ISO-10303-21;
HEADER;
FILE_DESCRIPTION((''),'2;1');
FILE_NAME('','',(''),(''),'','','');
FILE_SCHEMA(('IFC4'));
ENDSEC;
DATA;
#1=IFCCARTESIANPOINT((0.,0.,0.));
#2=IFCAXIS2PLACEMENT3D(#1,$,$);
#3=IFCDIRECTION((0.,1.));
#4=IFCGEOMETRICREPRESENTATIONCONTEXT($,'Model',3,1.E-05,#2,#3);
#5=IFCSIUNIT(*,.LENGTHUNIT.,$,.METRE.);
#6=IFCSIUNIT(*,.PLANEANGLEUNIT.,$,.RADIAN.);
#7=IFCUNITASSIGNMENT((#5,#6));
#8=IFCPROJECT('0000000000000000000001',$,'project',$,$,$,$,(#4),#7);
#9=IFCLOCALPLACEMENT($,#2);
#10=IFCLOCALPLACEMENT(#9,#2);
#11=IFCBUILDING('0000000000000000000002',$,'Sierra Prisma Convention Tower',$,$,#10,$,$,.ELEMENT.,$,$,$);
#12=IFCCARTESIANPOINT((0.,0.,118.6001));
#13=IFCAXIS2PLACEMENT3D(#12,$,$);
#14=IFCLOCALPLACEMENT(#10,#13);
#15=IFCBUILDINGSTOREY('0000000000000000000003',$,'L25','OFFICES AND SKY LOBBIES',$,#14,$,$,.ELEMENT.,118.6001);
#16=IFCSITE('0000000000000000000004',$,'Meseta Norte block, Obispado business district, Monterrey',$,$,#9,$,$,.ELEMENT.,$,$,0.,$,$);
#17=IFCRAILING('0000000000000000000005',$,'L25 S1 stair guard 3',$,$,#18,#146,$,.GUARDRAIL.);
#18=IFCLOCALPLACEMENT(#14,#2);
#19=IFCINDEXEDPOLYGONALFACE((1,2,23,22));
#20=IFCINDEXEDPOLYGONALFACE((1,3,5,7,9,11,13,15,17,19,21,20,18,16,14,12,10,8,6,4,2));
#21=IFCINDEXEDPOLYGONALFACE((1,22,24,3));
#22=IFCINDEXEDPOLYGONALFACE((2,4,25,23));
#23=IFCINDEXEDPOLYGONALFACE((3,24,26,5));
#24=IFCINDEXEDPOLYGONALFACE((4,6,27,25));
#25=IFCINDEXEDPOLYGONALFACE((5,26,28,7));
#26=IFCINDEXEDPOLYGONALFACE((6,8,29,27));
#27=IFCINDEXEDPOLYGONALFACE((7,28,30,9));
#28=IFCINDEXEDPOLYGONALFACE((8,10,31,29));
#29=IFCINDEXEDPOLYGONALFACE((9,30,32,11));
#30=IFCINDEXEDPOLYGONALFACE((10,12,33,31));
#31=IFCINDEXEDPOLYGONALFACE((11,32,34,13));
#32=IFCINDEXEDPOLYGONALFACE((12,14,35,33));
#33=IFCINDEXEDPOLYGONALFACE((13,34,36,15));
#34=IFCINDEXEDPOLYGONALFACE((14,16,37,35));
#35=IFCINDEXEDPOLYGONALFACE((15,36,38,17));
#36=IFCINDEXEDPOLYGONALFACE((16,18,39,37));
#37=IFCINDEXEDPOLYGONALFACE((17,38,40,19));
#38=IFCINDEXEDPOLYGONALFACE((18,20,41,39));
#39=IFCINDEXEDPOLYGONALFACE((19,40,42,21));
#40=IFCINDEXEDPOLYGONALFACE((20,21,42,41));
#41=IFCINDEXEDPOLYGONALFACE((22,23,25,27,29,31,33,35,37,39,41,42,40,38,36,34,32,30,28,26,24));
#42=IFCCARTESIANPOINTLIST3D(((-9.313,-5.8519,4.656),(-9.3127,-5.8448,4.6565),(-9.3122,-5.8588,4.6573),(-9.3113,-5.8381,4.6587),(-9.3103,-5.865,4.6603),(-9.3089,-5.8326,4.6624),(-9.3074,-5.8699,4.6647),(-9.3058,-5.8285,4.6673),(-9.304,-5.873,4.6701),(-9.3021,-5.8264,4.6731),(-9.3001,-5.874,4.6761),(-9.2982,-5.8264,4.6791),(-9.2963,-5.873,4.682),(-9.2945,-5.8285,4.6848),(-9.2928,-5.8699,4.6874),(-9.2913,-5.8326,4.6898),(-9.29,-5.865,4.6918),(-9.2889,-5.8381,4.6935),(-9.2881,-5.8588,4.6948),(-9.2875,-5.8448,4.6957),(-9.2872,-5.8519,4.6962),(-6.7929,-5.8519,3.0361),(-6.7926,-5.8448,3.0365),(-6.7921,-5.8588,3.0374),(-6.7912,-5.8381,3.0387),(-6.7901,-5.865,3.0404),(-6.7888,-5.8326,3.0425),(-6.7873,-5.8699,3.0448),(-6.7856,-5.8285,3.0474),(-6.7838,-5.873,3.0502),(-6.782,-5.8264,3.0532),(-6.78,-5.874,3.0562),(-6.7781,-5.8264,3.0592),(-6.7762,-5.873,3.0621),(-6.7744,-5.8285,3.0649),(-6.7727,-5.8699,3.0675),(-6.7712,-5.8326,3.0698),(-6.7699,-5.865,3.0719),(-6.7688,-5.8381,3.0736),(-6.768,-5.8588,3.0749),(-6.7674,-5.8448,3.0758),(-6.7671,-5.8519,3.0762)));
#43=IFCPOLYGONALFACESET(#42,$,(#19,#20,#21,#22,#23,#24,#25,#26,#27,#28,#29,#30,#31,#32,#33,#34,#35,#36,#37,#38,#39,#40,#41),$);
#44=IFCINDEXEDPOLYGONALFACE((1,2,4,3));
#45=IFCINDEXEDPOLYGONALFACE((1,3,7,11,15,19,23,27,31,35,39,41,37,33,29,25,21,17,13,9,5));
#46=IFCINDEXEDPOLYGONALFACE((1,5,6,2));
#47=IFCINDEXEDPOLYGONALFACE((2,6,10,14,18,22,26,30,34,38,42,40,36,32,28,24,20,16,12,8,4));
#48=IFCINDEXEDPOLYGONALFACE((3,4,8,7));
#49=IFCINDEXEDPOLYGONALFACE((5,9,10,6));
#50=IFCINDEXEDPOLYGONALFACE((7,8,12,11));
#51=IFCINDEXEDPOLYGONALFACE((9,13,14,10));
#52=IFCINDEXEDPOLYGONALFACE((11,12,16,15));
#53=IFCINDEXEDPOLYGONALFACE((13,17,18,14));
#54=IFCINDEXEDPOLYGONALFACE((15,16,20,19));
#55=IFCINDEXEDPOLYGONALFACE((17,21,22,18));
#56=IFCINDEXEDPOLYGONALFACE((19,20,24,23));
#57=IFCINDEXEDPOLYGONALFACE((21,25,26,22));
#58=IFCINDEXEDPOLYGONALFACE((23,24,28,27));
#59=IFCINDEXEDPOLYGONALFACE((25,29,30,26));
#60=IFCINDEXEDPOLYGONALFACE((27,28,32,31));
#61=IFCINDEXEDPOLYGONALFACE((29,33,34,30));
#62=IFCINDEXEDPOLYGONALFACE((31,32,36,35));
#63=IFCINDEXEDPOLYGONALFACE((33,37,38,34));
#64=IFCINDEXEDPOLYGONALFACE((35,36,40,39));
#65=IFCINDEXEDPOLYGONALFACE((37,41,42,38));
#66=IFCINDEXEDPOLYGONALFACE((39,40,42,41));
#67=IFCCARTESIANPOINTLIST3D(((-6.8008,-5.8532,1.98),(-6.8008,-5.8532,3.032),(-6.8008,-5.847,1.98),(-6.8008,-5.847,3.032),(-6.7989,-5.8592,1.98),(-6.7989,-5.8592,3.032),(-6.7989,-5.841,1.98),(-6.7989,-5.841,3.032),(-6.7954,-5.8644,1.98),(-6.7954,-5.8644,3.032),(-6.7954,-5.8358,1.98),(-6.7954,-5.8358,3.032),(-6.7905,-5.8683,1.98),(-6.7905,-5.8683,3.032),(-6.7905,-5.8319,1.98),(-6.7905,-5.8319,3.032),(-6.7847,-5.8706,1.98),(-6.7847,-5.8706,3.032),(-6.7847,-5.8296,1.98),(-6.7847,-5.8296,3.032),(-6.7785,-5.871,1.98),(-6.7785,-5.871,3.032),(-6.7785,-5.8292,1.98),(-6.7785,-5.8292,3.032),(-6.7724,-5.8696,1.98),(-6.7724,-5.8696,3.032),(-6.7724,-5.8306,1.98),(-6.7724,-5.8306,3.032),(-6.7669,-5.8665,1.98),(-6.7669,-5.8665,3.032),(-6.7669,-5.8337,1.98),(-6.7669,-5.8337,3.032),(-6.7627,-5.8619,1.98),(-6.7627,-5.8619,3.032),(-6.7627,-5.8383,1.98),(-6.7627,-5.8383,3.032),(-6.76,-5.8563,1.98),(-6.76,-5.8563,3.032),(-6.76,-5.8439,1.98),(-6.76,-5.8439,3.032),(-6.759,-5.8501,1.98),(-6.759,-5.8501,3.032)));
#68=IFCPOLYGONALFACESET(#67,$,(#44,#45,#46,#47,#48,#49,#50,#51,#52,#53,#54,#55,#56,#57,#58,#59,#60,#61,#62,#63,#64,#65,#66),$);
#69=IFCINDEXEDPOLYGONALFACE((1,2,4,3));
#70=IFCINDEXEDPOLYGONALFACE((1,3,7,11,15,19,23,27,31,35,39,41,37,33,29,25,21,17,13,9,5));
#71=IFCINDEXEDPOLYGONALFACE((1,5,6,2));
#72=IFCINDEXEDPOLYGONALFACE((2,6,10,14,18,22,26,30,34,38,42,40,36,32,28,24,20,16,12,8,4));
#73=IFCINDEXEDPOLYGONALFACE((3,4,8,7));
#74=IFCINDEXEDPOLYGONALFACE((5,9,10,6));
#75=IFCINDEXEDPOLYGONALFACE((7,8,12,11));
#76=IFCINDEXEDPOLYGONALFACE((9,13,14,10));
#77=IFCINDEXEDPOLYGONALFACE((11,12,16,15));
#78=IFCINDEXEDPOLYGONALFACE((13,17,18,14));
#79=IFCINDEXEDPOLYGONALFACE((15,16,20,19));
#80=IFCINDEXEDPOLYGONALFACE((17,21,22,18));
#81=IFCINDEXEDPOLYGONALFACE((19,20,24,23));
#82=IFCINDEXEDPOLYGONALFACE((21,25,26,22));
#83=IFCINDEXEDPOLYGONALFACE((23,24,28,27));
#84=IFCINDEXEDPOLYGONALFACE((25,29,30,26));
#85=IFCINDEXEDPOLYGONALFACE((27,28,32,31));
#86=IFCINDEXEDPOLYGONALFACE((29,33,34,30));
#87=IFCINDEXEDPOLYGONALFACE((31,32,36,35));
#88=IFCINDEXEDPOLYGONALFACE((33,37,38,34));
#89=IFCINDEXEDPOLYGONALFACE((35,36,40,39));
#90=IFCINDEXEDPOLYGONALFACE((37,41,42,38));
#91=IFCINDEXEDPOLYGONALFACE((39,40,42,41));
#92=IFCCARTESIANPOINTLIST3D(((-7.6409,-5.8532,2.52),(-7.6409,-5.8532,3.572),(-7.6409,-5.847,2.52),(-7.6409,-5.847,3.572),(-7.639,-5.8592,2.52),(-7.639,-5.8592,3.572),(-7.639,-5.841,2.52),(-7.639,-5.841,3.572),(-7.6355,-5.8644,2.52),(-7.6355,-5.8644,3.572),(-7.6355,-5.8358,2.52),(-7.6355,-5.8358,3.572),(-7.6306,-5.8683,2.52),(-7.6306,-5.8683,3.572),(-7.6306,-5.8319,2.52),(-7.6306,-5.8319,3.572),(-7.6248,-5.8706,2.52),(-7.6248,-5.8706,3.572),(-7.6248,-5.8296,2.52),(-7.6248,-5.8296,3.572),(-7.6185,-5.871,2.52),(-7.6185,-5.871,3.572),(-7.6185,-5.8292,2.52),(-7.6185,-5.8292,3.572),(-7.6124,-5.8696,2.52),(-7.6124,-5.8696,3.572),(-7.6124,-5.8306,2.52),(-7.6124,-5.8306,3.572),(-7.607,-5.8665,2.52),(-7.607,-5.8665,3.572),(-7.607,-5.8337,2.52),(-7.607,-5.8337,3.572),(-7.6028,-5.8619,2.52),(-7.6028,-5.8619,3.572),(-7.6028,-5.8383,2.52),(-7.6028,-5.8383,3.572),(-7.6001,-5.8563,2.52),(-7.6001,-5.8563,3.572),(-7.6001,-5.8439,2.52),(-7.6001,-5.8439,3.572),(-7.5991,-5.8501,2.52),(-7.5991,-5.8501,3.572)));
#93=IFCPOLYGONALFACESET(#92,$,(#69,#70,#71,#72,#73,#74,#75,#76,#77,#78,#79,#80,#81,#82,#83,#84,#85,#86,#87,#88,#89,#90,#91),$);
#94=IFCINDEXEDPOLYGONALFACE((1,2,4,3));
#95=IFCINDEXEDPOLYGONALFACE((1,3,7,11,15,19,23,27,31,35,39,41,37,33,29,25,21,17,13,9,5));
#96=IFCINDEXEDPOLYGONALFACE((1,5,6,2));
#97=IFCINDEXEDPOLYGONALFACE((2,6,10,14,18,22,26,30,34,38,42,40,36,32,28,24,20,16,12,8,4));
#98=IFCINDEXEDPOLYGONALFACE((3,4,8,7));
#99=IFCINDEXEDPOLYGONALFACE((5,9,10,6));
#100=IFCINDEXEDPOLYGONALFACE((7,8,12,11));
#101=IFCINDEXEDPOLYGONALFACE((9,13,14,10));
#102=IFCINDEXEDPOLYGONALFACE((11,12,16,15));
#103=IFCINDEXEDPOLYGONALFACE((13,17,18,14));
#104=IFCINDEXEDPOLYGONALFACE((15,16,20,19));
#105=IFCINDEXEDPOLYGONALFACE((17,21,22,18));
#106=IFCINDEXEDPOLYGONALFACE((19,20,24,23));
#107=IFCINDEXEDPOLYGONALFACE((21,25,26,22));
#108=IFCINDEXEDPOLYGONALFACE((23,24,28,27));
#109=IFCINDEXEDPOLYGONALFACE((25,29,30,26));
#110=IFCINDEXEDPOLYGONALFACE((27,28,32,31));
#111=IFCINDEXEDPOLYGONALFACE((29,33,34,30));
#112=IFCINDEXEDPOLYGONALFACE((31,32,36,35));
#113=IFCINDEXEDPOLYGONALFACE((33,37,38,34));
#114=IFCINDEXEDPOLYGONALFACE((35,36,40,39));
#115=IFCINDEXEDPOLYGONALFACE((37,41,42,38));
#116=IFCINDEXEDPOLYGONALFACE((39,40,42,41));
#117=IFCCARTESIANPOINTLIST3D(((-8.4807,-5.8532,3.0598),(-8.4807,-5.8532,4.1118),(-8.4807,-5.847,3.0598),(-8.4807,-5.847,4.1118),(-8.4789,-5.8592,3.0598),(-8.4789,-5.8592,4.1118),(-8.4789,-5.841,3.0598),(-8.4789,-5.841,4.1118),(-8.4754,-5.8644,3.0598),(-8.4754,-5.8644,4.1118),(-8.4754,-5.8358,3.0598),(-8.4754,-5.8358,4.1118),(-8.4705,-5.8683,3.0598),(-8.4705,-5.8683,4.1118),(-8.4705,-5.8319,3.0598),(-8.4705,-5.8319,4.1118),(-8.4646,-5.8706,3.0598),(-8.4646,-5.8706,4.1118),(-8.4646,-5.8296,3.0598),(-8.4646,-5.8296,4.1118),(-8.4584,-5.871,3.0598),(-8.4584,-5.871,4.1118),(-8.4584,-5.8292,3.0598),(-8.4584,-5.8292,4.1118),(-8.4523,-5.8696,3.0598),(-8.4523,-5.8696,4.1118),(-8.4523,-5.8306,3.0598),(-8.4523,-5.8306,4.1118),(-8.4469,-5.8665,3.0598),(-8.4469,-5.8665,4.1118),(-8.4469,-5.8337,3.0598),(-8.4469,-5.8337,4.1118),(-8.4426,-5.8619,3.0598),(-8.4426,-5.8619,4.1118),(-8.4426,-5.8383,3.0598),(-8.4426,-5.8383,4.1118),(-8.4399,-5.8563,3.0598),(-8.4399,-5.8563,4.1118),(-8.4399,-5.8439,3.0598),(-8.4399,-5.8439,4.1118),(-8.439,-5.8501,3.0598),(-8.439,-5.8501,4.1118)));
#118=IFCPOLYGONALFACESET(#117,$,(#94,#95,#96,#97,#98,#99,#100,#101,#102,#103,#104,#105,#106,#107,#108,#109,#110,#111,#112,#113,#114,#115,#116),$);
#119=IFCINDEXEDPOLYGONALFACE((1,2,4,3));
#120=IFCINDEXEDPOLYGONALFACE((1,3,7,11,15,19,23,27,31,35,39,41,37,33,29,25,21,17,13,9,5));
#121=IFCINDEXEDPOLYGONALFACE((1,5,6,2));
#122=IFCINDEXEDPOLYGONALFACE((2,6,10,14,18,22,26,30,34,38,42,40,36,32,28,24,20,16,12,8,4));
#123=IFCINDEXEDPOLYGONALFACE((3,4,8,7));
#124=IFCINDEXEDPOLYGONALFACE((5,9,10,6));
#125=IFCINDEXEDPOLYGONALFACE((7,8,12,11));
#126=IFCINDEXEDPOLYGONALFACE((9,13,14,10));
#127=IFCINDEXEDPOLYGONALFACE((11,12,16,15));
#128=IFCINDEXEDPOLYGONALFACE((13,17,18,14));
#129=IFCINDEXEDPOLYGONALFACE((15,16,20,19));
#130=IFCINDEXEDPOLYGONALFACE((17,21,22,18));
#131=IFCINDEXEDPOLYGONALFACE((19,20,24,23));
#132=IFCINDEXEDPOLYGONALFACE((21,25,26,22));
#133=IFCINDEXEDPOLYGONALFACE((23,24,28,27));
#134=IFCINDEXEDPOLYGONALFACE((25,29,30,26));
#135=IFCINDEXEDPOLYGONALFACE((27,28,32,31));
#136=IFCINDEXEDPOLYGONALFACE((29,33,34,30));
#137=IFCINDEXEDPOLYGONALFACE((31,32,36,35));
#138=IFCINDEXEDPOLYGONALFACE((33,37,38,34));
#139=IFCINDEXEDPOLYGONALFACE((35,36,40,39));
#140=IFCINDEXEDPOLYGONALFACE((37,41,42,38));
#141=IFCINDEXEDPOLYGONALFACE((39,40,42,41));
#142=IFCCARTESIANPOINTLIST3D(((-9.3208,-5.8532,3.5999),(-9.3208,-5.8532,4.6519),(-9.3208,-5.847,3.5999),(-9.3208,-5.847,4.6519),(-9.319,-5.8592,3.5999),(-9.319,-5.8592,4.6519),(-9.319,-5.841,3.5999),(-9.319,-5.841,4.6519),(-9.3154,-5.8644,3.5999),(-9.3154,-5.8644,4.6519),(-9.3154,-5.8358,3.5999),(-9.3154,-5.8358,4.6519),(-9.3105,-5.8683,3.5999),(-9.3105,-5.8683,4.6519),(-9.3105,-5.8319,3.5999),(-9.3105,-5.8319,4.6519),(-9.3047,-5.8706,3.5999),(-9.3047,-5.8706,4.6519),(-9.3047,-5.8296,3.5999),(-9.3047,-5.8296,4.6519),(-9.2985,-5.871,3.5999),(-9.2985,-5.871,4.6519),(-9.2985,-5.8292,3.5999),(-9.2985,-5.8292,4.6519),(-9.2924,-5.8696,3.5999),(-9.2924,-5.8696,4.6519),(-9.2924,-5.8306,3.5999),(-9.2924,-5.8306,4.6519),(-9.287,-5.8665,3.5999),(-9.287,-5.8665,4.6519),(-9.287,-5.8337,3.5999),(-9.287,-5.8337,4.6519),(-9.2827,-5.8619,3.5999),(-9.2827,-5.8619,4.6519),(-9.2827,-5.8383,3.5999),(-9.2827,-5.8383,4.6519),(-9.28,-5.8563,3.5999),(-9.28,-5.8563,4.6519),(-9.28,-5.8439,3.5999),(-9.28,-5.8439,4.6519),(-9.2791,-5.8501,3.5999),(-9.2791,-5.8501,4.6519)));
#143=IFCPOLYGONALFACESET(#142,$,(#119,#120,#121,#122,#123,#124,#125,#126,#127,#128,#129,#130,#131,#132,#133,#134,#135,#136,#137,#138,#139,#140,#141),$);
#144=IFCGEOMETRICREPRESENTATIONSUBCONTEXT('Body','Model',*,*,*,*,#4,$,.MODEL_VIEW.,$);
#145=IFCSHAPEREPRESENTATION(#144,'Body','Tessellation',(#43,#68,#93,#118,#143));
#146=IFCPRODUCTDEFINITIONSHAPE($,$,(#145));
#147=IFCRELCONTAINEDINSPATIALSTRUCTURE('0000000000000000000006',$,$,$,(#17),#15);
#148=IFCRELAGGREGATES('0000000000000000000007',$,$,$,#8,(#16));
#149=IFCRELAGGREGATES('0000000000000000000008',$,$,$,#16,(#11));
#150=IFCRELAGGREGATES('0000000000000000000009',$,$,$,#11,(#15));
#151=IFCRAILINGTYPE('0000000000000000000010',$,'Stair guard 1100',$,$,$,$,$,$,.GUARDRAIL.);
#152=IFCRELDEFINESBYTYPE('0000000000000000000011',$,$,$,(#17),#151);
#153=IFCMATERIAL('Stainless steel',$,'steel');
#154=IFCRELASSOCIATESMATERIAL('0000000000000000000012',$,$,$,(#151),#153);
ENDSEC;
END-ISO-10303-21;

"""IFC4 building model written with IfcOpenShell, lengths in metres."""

from ifc_helpers import new_model, si_unit, direction, frame, origin, origin_2d, place, context, subcontext, project, spatial, circle, extrude, material, type_object, element, save


model = new_model("IFC4")

# Units and contexts
model_context = context("Model", 3, precision=1e-05, world=origin(), true_north=direction((0.0, 1.0)))
body_context = subcontext(model_context, "Body", "Model", "MODEL_VIEW")
ifc_project = project(units=[si_unit("LENGTHUNIT", "METRE"), si_unit("PLANEANGLEUNIT", "RADIAN")], contexts=[model_context])

# Site, building, storey
site_placement = place(None, origin())
site = spatial("IfcSite", under=ifc_project, at=site_placement, Name="Meseta Norte block, Obispado business district, Monterrey", CompositionType="ELEMENT", RefElevation=0.0)
building_placement = place(site_placement, origin())
building = spatial("IfcBuilding", under=site, at=building_placement, Name="Sierra Prisma Convention Tower", CompositionType="ELEMENT")
storey_placement = place(building_placement, frame((0.0, 0.0, 118.6001)))
storey = spatial("IfcBuildingStorey", under=building, at=storey_placement, Name="L25", Description="OFFICES AND SKY LOBBIES", CompositionType="ELEMENT", Elevation=118.6001)

# Railing
ifc_material_1 = material(Name="Stainless steel", Category="steel")
railing_type_1 = type_object("IfcRailingType", Name="Stair guard 1100", PredefinedType="GUARDRAIL", material=ifc_material_1)
railing_1_placement = place(storey_placement, frame((-6.78, -5.8501, 1.98)))
element("IfcRailing", 1, at=railing_1_placement, inside=storey, type_object=railing_type_1, Name="L25 S1 stair guard 3", PredefinedType="GUARDRAIL", context=body_context, shape_type="SweptSolid", body=[
    extrude(circle(Radius=0.0239, at=origin_2d()), frame((0.0, 0.0, 1.0762), z_axis=(-0.8412, 0.0, 0.540725), x_axis=(0.0, -1.0, 0.0)), (0.0, 0.0, 1.0), 2.9958),
    extrude(circle(Radius=0.021, at=origin_2d()), origin(), (0.0, 0.0, 1.0), 1.052),
    extrude(circle(Radius=0.021, at=origin_2d()), frame((-0.8401, 0.0, 0.54)), (0.0, 0.0, 1.0), 1.052),
    extrude(circle(Radius=0.021, at=origin_2d()), frame((-1.6799, 0.0, 1.0798)), (0.0, 0.0, 1.0), 1.052),
    extrude(circle(Radius=0.021, at=origin_2d()), frame((-2.52, 0.0, 1.6199)), (0.0, 0.0, 1.0), 1.052),
])

save(model, "model.ifc")
